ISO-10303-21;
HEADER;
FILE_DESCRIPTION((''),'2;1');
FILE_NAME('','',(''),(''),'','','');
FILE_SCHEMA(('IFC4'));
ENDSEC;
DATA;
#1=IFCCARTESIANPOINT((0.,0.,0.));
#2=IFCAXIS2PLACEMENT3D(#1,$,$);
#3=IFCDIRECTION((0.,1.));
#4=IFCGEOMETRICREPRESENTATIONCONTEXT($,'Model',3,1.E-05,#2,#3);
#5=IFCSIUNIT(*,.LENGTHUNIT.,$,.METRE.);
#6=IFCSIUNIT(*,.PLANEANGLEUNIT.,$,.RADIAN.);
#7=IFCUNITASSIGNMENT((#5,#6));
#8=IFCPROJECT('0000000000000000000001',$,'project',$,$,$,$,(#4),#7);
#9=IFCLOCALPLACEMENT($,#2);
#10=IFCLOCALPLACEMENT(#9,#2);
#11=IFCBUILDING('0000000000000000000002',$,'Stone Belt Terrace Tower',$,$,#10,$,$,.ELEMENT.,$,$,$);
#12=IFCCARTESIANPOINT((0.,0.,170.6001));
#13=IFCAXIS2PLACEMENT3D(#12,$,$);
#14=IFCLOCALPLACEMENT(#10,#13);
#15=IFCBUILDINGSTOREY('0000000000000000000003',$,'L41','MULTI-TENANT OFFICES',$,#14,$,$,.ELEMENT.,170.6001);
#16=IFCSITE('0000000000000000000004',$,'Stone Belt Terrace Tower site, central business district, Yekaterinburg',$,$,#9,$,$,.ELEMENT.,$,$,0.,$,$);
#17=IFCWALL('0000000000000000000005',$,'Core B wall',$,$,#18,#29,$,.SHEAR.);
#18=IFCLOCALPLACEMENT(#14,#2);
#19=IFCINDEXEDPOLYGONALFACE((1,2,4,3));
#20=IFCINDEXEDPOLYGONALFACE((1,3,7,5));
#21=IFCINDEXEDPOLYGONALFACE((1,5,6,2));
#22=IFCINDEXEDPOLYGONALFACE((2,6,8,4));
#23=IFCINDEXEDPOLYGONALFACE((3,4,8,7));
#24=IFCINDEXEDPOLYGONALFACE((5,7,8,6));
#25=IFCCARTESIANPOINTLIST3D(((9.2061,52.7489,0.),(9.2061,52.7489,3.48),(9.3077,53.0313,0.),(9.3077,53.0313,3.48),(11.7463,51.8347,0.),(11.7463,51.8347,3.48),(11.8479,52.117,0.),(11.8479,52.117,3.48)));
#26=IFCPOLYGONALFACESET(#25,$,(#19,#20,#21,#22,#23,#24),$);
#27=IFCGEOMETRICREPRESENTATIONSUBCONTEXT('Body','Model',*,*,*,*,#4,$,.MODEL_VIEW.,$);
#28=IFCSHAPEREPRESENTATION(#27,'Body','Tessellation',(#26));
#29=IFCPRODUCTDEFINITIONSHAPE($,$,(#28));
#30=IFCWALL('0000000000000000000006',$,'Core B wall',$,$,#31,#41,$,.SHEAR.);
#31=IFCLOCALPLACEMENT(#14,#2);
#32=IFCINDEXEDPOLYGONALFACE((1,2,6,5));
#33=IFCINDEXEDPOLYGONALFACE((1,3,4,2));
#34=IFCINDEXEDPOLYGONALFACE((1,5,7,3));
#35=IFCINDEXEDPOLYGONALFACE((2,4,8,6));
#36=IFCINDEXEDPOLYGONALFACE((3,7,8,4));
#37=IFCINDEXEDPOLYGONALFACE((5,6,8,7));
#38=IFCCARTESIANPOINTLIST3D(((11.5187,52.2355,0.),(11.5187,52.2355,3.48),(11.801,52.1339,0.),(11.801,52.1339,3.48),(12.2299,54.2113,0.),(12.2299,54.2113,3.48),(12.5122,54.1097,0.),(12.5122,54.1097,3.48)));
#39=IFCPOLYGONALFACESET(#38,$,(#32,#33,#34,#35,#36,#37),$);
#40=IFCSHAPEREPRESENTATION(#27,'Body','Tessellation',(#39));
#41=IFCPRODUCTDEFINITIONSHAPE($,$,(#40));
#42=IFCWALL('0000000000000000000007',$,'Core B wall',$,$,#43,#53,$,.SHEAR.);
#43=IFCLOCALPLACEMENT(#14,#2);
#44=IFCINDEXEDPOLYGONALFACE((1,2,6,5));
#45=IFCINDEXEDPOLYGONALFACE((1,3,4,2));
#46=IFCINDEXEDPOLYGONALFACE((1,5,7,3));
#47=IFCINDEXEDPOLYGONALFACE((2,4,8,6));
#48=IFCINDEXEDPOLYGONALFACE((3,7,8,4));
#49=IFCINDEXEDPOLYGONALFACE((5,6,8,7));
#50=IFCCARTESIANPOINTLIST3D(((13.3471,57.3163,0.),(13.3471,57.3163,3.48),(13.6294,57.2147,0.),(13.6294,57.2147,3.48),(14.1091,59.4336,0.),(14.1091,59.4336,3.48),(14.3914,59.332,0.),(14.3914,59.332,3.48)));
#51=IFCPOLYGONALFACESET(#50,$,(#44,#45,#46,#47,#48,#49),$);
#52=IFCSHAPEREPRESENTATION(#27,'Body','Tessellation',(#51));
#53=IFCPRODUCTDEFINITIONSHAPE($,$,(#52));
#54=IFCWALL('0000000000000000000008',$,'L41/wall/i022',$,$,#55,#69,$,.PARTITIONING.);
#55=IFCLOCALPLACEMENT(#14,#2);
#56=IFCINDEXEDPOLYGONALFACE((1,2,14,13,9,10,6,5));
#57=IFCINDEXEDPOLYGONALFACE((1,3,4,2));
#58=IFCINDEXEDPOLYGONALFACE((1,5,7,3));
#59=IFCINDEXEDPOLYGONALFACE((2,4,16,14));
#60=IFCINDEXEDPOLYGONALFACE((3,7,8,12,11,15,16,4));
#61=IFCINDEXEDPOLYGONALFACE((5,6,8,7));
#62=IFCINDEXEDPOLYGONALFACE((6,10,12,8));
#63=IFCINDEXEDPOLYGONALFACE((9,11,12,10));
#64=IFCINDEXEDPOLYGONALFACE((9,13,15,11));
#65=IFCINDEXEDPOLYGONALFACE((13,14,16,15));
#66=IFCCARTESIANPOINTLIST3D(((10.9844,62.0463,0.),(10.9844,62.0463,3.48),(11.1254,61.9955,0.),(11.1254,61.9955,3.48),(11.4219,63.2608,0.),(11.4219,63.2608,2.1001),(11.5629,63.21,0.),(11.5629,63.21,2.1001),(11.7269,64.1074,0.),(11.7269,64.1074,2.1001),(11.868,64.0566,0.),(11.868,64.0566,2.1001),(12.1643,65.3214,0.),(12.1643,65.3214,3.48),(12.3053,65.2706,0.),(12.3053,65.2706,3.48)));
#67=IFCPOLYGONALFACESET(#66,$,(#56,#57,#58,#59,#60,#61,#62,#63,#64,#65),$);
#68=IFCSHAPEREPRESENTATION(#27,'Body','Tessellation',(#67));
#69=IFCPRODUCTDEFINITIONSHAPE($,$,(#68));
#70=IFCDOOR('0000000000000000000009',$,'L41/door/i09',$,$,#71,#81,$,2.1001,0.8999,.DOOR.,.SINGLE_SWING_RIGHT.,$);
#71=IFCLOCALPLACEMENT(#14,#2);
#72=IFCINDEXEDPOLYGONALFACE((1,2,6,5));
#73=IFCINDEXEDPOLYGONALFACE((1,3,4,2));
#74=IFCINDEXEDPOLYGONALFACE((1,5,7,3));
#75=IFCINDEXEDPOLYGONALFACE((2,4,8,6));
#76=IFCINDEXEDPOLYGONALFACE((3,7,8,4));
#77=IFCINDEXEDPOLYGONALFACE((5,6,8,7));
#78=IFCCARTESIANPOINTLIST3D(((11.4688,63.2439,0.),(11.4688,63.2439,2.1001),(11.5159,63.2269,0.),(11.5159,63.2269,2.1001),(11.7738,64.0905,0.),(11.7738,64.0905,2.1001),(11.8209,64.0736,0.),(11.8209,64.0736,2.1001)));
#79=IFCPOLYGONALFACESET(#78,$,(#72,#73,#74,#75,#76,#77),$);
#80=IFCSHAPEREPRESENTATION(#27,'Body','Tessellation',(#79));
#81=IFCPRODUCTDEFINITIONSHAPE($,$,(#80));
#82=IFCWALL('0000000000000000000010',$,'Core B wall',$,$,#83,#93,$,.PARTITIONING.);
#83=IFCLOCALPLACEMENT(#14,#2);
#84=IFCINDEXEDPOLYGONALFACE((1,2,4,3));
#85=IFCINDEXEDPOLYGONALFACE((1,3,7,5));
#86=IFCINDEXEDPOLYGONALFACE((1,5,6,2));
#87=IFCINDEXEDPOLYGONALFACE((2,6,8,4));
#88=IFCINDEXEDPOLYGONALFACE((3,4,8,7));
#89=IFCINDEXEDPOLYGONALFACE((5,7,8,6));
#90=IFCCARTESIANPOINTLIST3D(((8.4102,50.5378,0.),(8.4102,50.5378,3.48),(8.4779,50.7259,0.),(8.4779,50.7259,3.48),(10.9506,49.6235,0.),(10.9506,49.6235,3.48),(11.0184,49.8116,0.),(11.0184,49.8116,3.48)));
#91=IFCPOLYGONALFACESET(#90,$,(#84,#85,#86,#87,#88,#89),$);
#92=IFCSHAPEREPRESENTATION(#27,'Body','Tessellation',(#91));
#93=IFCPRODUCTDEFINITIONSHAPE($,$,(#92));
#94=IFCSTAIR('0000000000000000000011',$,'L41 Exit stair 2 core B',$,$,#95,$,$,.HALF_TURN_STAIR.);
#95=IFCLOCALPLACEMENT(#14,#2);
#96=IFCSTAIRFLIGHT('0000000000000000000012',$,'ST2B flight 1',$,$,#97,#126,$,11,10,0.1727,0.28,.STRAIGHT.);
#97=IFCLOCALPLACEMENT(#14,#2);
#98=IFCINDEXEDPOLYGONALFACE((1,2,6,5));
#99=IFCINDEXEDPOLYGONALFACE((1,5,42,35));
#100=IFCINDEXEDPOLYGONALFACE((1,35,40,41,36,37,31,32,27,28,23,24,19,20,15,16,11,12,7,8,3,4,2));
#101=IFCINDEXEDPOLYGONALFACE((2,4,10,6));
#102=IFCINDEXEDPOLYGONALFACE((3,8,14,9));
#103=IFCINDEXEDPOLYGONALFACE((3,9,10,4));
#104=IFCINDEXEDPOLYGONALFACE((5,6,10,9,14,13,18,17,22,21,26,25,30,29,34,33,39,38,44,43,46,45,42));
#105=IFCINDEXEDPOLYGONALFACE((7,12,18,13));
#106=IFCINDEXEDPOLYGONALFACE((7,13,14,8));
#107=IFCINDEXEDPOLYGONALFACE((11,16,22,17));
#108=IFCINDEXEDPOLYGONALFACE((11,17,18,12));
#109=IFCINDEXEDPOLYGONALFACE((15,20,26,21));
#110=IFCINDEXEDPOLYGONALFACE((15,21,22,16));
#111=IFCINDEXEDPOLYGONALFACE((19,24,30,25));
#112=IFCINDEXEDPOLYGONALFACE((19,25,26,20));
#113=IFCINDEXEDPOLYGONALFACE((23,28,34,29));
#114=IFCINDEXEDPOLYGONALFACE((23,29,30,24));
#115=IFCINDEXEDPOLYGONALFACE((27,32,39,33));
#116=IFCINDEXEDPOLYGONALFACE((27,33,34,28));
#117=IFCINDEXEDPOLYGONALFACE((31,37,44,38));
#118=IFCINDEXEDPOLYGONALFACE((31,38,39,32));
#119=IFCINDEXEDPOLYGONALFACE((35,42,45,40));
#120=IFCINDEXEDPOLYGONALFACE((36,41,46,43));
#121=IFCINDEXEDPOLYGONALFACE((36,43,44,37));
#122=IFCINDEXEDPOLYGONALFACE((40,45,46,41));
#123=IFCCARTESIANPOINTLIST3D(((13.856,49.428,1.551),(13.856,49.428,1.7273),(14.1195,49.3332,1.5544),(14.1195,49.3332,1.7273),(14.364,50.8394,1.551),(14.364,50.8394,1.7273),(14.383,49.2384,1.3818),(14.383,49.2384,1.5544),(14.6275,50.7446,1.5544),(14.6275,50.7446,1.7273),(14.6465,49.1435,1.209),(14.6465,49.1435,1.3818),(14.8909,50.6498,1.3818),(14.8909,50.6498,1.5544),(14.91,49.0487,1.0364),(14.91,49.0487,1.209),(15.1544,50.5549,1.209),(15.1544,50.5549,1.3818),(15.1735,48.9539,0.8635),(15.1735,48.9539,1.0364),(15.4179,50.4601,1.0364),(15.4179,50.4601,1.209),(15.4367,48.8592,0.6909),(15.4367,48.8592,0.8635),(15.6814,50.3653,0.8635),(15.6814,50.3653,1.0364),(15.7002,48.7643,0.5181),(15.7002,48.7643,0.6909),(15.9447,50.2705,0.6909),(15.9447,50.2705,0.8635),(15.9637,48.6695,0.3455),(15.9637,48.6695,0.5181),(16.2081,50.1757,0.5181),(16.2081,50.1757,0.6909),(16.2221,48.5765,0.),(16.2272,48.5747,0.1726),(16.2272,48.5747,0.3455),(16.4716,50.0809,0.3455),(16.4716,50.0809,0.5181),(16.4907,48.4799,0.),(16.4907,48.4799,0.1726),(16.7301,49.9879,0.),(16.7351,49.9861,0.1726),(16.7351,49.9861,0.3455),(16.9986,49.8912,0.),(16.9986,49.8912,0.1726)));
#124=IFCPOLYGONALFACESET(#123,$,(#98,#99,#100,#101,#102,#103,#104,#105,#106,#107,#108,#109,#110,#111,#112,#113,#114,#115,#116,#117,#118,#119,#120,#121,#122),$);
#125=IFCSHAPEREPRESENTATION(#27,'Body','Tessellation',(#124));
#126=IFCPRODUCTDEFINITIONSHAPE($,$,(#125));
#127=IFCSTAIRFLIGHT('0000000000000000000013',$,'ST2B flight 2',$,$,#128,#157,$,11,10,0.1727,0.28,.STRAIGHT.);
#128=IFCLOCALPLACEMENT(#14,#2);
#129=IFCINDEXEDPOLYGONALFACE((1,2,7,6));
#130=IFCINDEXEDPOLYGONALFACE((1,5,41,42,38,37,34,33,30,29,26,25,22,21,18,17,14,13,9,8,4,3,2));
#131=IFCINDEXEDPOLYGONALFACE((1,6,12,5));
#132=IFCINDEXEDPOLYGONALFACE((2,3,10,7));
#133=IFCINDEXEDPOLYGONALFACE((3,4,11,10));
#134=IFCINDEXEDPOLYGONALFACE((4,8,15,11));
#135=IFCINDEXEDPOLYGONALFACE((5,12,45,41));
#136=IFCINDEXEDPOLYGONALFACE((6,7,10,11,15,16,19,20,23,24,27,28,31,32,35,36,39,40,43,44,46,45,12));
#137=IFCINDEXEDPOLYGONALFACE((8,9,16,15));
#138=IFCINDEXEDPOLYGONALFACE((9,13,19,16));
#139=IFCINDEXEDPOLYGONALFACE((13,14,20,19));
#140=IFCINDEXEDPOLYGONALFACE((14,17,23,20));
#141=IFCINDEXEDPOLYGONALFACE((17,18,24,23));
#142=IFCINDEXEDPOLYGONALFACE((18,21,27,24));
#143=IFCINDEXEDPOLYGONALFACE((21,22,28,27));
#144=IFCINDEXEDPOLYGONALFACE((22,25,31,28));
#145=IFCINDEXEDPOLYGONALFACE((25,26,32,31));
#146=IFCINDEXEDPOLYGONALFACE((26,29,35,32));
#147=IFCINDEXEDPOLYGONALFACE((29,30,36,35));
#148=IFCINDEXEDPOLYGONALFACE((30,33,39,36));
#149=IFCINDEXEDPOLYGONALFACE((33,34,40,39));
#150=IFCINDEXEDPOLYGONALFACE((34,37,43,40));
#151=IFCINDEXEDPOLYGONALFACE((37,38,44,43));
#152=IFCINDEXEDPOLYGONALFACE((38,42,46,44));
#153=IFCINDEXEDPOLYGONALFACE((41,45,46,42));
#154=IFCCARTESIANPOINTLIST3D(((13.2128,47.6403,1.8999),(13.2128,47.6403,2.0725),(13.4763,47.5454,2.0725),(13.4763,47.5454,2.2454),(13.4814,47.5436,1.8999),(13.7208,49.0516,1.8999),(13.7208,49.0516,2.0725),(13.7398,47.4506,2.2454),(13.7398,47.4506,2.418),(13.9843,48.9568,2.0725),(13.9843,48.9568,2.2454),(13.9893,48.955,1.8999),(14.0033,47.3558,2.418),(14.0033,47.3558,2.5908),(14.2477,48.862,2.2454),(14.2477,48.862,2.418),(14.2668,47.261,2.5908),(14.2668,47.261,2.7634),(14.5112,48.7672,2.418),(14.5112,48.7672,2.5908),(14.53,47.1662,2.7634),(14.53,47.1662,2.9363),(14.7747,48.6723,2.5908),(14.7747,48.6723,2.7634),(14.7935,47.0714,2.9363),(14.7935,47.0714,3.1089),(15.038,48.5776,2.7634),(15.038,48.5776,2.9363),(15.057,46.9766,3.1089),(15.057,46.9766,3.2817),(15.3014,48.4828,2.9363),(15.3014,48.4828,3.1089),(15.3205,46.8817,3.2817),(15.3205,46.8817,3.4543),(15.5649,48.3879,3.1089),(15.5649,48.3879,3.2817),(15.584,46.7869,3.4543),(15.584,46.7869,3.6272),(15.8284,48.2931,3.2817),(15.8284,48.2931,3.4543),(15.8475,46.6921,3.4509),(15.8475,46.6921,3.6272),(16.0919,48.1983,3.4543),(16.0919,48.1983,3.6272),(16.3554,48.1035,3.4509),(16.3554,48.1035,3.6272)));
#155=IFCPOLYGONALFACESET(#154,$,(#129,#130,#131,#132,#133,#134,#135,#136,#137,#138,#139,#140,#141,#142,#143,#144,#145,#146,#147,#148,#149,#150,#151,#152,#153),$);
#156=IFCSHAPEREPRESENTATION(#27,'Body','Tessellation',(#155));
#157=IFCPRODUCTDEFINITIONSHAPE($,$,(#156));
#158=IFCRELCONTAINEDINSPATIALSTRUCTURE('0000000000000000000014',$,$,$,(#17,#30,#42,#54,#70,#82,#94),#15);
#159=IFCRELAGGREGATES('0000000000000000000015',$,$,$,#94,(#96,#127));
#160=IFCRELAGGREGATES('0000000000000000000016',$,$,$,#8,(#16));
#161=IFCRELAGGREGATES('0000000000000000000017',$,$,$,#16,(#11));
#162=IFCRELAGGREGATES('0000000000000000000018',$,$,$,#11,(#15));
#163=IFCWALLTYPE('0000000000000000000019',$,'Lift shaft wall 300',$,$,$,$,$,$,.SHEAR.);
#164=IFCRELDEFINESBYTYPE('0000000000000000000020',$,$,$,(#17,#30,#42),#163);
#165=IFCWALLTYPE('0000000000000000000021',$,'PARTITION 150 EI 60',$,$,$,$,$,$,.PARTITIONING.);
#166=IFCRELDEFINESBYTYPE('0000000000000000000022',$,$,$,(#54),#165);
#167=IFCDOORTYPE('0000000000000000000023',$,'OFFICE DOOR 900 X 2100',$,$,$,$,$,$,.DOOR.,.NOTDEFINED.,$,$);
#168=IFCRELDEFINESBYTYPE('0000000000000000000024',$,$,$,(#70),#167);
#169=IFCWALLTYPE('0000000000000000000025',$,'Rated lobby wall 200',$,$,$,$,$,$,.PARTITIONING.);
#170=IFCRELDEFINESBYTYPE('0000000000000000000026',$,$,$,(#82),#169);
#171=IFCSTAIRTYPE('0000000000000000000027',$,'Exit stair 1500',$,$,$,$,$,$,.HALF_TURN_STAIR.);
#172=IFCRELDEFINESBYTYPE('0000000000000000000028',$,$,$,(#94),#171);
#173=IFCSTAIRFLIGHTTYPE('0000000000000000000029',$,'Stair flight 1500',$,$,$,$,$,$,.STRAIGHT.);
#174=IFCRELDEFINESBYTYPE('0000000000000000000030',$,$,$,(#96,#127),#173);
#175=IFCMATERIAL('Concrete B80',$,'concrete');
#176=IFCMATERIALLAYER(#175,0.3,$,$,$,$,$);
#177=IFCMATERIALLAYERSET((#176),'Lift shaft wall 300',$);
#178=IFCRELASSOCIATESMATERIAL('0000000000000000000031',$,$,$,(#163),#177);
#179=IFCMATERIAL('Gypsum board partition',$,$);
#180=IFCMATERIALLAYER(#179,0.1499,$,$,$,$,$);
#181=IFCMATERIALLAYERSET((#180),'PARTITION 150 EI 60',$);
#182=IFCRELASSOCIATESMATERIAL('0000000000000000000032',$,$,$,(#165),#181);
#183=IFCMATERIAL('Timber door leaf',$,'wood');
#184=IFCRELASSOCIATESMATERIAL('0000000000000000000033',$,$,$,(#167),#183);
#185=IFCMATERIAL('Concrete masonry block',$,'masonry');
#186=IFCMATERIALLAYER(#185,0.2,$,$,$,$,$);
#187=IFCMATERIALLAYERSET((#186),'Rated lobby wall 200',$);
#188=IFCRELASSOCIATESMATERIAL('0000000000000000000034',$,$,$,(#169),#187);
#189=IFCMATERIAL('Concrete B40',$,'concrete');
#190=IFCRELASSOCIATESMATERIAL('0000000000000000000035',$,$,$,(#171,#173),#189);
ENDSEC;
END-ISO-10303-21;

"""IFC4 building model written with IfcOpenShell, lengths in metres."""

from ifc_helpers import new_model, si_unit, direction, frame, frame_2d, origin, place, context, subcontext, project, spatial, polyline, rectangle, outline, extrude, material, layer, layer_set, type_object, element, fill, aggregate, save


model = new_model("IFC4")

# Units and contexts
model_context = context("Model", 3, precision=1e-05, world=origin(), true_north=direction((0.0, 1.0)))
body_context = subcontext(model_context, "Body", "Model", "MODEL_VIEW")
ifc_project = project(units=[si_unit("LENGTHUNIT", "METRE"), si_unit("PLANEANGLEUNIT", "RADIAN")], contexts=[model_context])

# Site, building, storey
site_placement = place(None, origin())
site = spatial("IfcSite", under=ifc_project, at=site_placement, Name="Stone Belt Terrace Tower site, central business district, Yekaterinburg", CompositionType="ELEMENT", RefElevation=0.0)
building_placement = place(site_placement, origin())
building = spatial("IfcBuilding", under=site, at=building_placement, Name="Stone Belt Terrace Tower", CompositionType="ELEMENT")
storey_placement = place(building_placement, frame((0.0, 0.0, 170.6001)))
storey = spatial("IfcBuildingStorey", under=building, at=storey_placement, Name="L41", Description="MULTI-TENANT OFFICES", CompositionType="ELEMENT", Elevation=170.6001)

# Shared definitions
ifc_material_1 = material(Name="Concrete B80", Category="concrete")

# Shared definitions
ifc_material_2 = material(Name="Timber door leaf", Category="wood")

# Walls
ifc_layer_1 = layer(ifc_material_1, 0.3)
ifc_layer_set_1 = layer_set([ifc_layer_1], Name="Lift shaft wall 300")
wall_type_1 = type_object("IfcWallType", Name="Lift shaft wall 300", PredefinedType="SHEAR", material=ifc_layer_set_1)
wall_1_placement = place(storey_placement, frame((11.7971, 51.9758, 0.0), z_axis=(0.0, 0.0, 1.0), x_axis=(-0.94091, 0.338655, 0.0)))
element("IfcWall", 1, at=wall_1_placement, inside=storey, type_object=wall_type_1, Name="Core B wall", PredefinedType="SHEAR", context=body_context, shape_type="SweptSolid", body=[
    extrude(rectangle(XDim=2.6997, YDim=0.3, at=frame_2d((1.3499, 0.0))), origin(), (0.0, 0.0, 1.0), 3.48),
])
wall_2_placement = place(storey_placement, frame((11.6599, 52.1848, 0.0), z_axis=(0.0, 0.0, 1.0), x_axis=(0.33867, 0.940905, 0.0)))
element("IfcWall", 2, at=wall_2_placement, inside=storey, type_object=wall_type_1, Name="Core B wall", PredefinedType="SHEAR", context=body_context, shape_type="SweptSolid", body=[
    extrude(rectangle(XDim=2.0999, YDim=0.3, at=frame_2d((1.0498, 0.0))), origin(), (0.0, 0.0, 1.0), 3.48),
])
wall_3_placement = place(storey_placement, frame((13.4883, 57.2656, 0.0), z_axis=(0.0, 0.0, 1.0), x_axis=(0.338631, 0.940919, 0.0)))
element("IfcWall", 3, at=wall_3_placement, inside=storey, type_object=wall_type_1, Name="Core B wall", PredefinedType="SHEAR", context=body_context, shape_type="SweptSolid", body=[
    extrude(rectangle(XDim=2.2502, YDim=0.3, at=frame_2d((1.125, 0.0))), origin(), (0.0, 0.0, 1.0), 3.48),
])

# Wall, opening, door
ifc_material_3 = material(Name="Gypsum board partition")
ifc_layer_2 = layer(ifc_material_3, 0.1499)
ifc_layer_set_2 = layer_set([ifc_layer_2], Name="PARTITION 150 EI 60")
wall_type_2 = type_object("IfcWallType", Name="PARTITION 150 EI 60", PredefinedType="PARTITIONING", material=ifc_layer_set_2)
wall_4_placement = place(storey_placement, frame((12.2349, 65.2961, 0.0), z_axis=(0.0, 0.0, 1.0), x_axis=(-0.338943, -0.940807, 0.0)))
wall_4 = element("IfcWall", 4, at=wall_4_placement, inside=storey, type_object=wall_type_2, Name="L41/wall/i022", PredefinedType="PARTITIONING", context=body_context, shape_type="SweptSolid", body=[
    extrude(rectangle(XDim=3.4812, YDim=0.1499, at=frame_2d((1.7407, 0.0))), origin(), (0.0, 0.0, 1.0), 3.48),
])
opening_1_placement = place(wall_4_placement, frame((1.2905, 0.0, 0.0)))
opening_1 = element("IfcOpeningElement", 5, at=opening_1_placement, cuts=wall_4, PredefinedType="OPENING", context=body_context, shape_type="SweptSolid", body=[
    extrude(rectangle(XDim=0.8999, YDim=2.1001, at=frame_2d((0.45, 1.05))), frame((0.0, 0.085, 0.0), z_axis=(0.0, -1.0, 0.0), x_axis=(1.0, 0.0, 0.0)), (0.0, 0.0, 1.0), 0.1699),
])
door_type_1 = type_object("IfcDoorType", Name="OFFICE DOOR 900 X 2100", OperationType="NOTDEFINED", PredefinedType="DOOR", material=ifc_material_2)
door_1_placement = place(opening_1_placement, origin())
door_1 = element("IfcDoor", 6, at=door_1_placement, inside=storey, type_object=door_type_1, Name="L41/door/i09", OperationType="SINGLE_SWING_RIGHT", OverallHeight=2.1001, OverallWidth=0.8999, PredefinedType="DOOR", context=body_context, shape_type="SweptSolid", body=[
    extrude(rectangle(XDim=0.8999, YDim=2.1001, at=frame_2d((0.45, 1.05))), frame((0.0, 0.0249, 0.0), z_axis=(0.0, -1.0, 0.0), x_axis=(1.0, 0.0, 0.0)), (0.0, 0.0, 1.0), 0.05),
])
fill(opening_1, door_1)

# Wall
ifc_material_4 = material(Name="Concrete masonry block", Category="masonry")
ifc_layer_3 = layer(ifc_material_4, 0.2)
ifc_layer_set_3 = layer_set([ifc_layer_3], Name="Rated lobby wall 200")
wall_type_3 = type_object("IfcWallType", Name="Rated lobby wall 200", PredefinedType="PARTITIONING", material=ifc_layer_set_3)
wall_5_placement = place(storey_placement, frame((10.9846, 49.7175, 0.0), z_axis=(0.0, 0.0, 1.0), x_axis=(-0.940921, 0.338627, 0.0)))
element("IfcWall", 7, at=wall_5_placement, inside=storey, type_object=wall_type_3, Name="Core B wall", PredefinedType="PARTITIONING", context=body_context, shape_type="SweptSolid", body=[
    extrude(rectangle(XDim=2.7, YDim=0.2, at=frame_2d((1.3501, 0.0))), origin(), (0.0, 0.0, 1.0), 3.48),
])

# Stair, stair flights
ifc_material_5 = material(Name="Concrete B40", Category="concrete")
stair_type = type_object("IfcStairType", Name="Exit stair 1500", PredefinedType="HALF_TURN_STAIR", material=ifc_material_5)
stair_placement = place(storey_placement, origin())
stair = element("IfcStair", 8, at=stair_placement, inside=storey, type_object=stair_type, Name="L41 Exit stair 2 core B", PredefinedType="HALF_TURN_STAIR")
stair_flight_type = type_object("IfcStairFlightType", Name="Stair flight 1500", PredefinedType="STRAIGHT", material=ifc_material_5)
stair_flight_1_placement = place(storey_placement, frame((16.7446, 49.1855, 0.0), z_axis=(0.0, 0.0, 1.0), x_axis=(-0.940922, 0.338624, 0.0)))
stair_flight_1 = element("IfcStairFlight", 9, at=stair_flight_1_placement, type_object=stair_flight_type, Name="ST2B flight 1", NumberOfRisers=11, NumberOfTreads=10, PredefinedType="STRAIGHT", RiserHeight=0.1727, TreadLength=0.28, context=body_context, shape_type="SweptSolid", body=[
    extrude(outline(polyline([(0.0, 0.0), (0.0, 0.1726), (0.28, 0.1726), (0.28, 0.3455), (0.5601, 0.3455), (0.5601, 0.5181), (0.8401, 0.5181), (0.8401, 0.6909), (1.1201, 0.6909), (1.1201, 0.8635), (1.3999, 0.8635), (1.3999, 1.0364), (1.6799, 1.0364), (1.6799, 1.209), (1.96, 1.209), (1.96, 1.3818), (2.24, 1.3818), (2.24, 1.5544), (2.52, 1.5544), (2.52, 1.7273), (2.8, 1.7273), (2.8, 1.8999), (2.8, 1.551), (0.2854, 0.0), (0.0, 0.0)])), frame((0.0, 0.75, 0.0), z_axis=(0.0, -1.0, 0.0), x_axis=(1.0, 0.0, 0.0)), (0.0, 0.0, 1.0), 1.5),
])
stair_flight_2_placement = place(storey_placement, frame((13.4668, 48.3459, 1.8999), z_axis=(0.0, 0.0, 1.0), x_axis=(0.940922, -0.338624, 0.0)))
stair_flight_2 = element("IfcStairFlight", 10, at=stair_flight_2_placement, type_object=stair_flight_type, Name="ST2B flight 2", NumberOfRisers=11, NumberOfTreads=10, PredefinedType="STRAIGHT", RiserHeight=0.1727, TreadLength=0.28, context=body_context, shape_type="SweptSolid", body=[
    extrude(outline(polyline([(0.0, 0.0), (0.0, 0.1726), (0.28, 0.1726), (0.28, 0.3455), (0.5601, 0.3455), (0.5601, 0.5181), (0.8401, 0.5181), (0.8401, 0.6909), (1.1201, 0.6909), (1.1201, 0.8635), (1.3999, 0.8635), (1.3999, 1.0364), (1.6799, 1.0364), (1.6799, 1.209), (1.96, 1.209), (1.96, 1.3818), (2.24, 1.3818), (2.24, 1.5544), (2.52, 1.5544), (2.52, 1.7273), (2.8, 1.7273), (2.8, 1.8999), (2.8, 1.551), (0.2854, 0.0), (0.0, 0.0)])), frame((0.0, 0.75, 0.0), z_axis=(0.0, -1.0, 0.0), x_axis=(1.0, 0.0, 0.0)), (0.0, 0.0, 1.0), 1.5),
])
aggregate(stair, [stair_flight_1, stair_flight_2])

save(model, "model.ifc")
